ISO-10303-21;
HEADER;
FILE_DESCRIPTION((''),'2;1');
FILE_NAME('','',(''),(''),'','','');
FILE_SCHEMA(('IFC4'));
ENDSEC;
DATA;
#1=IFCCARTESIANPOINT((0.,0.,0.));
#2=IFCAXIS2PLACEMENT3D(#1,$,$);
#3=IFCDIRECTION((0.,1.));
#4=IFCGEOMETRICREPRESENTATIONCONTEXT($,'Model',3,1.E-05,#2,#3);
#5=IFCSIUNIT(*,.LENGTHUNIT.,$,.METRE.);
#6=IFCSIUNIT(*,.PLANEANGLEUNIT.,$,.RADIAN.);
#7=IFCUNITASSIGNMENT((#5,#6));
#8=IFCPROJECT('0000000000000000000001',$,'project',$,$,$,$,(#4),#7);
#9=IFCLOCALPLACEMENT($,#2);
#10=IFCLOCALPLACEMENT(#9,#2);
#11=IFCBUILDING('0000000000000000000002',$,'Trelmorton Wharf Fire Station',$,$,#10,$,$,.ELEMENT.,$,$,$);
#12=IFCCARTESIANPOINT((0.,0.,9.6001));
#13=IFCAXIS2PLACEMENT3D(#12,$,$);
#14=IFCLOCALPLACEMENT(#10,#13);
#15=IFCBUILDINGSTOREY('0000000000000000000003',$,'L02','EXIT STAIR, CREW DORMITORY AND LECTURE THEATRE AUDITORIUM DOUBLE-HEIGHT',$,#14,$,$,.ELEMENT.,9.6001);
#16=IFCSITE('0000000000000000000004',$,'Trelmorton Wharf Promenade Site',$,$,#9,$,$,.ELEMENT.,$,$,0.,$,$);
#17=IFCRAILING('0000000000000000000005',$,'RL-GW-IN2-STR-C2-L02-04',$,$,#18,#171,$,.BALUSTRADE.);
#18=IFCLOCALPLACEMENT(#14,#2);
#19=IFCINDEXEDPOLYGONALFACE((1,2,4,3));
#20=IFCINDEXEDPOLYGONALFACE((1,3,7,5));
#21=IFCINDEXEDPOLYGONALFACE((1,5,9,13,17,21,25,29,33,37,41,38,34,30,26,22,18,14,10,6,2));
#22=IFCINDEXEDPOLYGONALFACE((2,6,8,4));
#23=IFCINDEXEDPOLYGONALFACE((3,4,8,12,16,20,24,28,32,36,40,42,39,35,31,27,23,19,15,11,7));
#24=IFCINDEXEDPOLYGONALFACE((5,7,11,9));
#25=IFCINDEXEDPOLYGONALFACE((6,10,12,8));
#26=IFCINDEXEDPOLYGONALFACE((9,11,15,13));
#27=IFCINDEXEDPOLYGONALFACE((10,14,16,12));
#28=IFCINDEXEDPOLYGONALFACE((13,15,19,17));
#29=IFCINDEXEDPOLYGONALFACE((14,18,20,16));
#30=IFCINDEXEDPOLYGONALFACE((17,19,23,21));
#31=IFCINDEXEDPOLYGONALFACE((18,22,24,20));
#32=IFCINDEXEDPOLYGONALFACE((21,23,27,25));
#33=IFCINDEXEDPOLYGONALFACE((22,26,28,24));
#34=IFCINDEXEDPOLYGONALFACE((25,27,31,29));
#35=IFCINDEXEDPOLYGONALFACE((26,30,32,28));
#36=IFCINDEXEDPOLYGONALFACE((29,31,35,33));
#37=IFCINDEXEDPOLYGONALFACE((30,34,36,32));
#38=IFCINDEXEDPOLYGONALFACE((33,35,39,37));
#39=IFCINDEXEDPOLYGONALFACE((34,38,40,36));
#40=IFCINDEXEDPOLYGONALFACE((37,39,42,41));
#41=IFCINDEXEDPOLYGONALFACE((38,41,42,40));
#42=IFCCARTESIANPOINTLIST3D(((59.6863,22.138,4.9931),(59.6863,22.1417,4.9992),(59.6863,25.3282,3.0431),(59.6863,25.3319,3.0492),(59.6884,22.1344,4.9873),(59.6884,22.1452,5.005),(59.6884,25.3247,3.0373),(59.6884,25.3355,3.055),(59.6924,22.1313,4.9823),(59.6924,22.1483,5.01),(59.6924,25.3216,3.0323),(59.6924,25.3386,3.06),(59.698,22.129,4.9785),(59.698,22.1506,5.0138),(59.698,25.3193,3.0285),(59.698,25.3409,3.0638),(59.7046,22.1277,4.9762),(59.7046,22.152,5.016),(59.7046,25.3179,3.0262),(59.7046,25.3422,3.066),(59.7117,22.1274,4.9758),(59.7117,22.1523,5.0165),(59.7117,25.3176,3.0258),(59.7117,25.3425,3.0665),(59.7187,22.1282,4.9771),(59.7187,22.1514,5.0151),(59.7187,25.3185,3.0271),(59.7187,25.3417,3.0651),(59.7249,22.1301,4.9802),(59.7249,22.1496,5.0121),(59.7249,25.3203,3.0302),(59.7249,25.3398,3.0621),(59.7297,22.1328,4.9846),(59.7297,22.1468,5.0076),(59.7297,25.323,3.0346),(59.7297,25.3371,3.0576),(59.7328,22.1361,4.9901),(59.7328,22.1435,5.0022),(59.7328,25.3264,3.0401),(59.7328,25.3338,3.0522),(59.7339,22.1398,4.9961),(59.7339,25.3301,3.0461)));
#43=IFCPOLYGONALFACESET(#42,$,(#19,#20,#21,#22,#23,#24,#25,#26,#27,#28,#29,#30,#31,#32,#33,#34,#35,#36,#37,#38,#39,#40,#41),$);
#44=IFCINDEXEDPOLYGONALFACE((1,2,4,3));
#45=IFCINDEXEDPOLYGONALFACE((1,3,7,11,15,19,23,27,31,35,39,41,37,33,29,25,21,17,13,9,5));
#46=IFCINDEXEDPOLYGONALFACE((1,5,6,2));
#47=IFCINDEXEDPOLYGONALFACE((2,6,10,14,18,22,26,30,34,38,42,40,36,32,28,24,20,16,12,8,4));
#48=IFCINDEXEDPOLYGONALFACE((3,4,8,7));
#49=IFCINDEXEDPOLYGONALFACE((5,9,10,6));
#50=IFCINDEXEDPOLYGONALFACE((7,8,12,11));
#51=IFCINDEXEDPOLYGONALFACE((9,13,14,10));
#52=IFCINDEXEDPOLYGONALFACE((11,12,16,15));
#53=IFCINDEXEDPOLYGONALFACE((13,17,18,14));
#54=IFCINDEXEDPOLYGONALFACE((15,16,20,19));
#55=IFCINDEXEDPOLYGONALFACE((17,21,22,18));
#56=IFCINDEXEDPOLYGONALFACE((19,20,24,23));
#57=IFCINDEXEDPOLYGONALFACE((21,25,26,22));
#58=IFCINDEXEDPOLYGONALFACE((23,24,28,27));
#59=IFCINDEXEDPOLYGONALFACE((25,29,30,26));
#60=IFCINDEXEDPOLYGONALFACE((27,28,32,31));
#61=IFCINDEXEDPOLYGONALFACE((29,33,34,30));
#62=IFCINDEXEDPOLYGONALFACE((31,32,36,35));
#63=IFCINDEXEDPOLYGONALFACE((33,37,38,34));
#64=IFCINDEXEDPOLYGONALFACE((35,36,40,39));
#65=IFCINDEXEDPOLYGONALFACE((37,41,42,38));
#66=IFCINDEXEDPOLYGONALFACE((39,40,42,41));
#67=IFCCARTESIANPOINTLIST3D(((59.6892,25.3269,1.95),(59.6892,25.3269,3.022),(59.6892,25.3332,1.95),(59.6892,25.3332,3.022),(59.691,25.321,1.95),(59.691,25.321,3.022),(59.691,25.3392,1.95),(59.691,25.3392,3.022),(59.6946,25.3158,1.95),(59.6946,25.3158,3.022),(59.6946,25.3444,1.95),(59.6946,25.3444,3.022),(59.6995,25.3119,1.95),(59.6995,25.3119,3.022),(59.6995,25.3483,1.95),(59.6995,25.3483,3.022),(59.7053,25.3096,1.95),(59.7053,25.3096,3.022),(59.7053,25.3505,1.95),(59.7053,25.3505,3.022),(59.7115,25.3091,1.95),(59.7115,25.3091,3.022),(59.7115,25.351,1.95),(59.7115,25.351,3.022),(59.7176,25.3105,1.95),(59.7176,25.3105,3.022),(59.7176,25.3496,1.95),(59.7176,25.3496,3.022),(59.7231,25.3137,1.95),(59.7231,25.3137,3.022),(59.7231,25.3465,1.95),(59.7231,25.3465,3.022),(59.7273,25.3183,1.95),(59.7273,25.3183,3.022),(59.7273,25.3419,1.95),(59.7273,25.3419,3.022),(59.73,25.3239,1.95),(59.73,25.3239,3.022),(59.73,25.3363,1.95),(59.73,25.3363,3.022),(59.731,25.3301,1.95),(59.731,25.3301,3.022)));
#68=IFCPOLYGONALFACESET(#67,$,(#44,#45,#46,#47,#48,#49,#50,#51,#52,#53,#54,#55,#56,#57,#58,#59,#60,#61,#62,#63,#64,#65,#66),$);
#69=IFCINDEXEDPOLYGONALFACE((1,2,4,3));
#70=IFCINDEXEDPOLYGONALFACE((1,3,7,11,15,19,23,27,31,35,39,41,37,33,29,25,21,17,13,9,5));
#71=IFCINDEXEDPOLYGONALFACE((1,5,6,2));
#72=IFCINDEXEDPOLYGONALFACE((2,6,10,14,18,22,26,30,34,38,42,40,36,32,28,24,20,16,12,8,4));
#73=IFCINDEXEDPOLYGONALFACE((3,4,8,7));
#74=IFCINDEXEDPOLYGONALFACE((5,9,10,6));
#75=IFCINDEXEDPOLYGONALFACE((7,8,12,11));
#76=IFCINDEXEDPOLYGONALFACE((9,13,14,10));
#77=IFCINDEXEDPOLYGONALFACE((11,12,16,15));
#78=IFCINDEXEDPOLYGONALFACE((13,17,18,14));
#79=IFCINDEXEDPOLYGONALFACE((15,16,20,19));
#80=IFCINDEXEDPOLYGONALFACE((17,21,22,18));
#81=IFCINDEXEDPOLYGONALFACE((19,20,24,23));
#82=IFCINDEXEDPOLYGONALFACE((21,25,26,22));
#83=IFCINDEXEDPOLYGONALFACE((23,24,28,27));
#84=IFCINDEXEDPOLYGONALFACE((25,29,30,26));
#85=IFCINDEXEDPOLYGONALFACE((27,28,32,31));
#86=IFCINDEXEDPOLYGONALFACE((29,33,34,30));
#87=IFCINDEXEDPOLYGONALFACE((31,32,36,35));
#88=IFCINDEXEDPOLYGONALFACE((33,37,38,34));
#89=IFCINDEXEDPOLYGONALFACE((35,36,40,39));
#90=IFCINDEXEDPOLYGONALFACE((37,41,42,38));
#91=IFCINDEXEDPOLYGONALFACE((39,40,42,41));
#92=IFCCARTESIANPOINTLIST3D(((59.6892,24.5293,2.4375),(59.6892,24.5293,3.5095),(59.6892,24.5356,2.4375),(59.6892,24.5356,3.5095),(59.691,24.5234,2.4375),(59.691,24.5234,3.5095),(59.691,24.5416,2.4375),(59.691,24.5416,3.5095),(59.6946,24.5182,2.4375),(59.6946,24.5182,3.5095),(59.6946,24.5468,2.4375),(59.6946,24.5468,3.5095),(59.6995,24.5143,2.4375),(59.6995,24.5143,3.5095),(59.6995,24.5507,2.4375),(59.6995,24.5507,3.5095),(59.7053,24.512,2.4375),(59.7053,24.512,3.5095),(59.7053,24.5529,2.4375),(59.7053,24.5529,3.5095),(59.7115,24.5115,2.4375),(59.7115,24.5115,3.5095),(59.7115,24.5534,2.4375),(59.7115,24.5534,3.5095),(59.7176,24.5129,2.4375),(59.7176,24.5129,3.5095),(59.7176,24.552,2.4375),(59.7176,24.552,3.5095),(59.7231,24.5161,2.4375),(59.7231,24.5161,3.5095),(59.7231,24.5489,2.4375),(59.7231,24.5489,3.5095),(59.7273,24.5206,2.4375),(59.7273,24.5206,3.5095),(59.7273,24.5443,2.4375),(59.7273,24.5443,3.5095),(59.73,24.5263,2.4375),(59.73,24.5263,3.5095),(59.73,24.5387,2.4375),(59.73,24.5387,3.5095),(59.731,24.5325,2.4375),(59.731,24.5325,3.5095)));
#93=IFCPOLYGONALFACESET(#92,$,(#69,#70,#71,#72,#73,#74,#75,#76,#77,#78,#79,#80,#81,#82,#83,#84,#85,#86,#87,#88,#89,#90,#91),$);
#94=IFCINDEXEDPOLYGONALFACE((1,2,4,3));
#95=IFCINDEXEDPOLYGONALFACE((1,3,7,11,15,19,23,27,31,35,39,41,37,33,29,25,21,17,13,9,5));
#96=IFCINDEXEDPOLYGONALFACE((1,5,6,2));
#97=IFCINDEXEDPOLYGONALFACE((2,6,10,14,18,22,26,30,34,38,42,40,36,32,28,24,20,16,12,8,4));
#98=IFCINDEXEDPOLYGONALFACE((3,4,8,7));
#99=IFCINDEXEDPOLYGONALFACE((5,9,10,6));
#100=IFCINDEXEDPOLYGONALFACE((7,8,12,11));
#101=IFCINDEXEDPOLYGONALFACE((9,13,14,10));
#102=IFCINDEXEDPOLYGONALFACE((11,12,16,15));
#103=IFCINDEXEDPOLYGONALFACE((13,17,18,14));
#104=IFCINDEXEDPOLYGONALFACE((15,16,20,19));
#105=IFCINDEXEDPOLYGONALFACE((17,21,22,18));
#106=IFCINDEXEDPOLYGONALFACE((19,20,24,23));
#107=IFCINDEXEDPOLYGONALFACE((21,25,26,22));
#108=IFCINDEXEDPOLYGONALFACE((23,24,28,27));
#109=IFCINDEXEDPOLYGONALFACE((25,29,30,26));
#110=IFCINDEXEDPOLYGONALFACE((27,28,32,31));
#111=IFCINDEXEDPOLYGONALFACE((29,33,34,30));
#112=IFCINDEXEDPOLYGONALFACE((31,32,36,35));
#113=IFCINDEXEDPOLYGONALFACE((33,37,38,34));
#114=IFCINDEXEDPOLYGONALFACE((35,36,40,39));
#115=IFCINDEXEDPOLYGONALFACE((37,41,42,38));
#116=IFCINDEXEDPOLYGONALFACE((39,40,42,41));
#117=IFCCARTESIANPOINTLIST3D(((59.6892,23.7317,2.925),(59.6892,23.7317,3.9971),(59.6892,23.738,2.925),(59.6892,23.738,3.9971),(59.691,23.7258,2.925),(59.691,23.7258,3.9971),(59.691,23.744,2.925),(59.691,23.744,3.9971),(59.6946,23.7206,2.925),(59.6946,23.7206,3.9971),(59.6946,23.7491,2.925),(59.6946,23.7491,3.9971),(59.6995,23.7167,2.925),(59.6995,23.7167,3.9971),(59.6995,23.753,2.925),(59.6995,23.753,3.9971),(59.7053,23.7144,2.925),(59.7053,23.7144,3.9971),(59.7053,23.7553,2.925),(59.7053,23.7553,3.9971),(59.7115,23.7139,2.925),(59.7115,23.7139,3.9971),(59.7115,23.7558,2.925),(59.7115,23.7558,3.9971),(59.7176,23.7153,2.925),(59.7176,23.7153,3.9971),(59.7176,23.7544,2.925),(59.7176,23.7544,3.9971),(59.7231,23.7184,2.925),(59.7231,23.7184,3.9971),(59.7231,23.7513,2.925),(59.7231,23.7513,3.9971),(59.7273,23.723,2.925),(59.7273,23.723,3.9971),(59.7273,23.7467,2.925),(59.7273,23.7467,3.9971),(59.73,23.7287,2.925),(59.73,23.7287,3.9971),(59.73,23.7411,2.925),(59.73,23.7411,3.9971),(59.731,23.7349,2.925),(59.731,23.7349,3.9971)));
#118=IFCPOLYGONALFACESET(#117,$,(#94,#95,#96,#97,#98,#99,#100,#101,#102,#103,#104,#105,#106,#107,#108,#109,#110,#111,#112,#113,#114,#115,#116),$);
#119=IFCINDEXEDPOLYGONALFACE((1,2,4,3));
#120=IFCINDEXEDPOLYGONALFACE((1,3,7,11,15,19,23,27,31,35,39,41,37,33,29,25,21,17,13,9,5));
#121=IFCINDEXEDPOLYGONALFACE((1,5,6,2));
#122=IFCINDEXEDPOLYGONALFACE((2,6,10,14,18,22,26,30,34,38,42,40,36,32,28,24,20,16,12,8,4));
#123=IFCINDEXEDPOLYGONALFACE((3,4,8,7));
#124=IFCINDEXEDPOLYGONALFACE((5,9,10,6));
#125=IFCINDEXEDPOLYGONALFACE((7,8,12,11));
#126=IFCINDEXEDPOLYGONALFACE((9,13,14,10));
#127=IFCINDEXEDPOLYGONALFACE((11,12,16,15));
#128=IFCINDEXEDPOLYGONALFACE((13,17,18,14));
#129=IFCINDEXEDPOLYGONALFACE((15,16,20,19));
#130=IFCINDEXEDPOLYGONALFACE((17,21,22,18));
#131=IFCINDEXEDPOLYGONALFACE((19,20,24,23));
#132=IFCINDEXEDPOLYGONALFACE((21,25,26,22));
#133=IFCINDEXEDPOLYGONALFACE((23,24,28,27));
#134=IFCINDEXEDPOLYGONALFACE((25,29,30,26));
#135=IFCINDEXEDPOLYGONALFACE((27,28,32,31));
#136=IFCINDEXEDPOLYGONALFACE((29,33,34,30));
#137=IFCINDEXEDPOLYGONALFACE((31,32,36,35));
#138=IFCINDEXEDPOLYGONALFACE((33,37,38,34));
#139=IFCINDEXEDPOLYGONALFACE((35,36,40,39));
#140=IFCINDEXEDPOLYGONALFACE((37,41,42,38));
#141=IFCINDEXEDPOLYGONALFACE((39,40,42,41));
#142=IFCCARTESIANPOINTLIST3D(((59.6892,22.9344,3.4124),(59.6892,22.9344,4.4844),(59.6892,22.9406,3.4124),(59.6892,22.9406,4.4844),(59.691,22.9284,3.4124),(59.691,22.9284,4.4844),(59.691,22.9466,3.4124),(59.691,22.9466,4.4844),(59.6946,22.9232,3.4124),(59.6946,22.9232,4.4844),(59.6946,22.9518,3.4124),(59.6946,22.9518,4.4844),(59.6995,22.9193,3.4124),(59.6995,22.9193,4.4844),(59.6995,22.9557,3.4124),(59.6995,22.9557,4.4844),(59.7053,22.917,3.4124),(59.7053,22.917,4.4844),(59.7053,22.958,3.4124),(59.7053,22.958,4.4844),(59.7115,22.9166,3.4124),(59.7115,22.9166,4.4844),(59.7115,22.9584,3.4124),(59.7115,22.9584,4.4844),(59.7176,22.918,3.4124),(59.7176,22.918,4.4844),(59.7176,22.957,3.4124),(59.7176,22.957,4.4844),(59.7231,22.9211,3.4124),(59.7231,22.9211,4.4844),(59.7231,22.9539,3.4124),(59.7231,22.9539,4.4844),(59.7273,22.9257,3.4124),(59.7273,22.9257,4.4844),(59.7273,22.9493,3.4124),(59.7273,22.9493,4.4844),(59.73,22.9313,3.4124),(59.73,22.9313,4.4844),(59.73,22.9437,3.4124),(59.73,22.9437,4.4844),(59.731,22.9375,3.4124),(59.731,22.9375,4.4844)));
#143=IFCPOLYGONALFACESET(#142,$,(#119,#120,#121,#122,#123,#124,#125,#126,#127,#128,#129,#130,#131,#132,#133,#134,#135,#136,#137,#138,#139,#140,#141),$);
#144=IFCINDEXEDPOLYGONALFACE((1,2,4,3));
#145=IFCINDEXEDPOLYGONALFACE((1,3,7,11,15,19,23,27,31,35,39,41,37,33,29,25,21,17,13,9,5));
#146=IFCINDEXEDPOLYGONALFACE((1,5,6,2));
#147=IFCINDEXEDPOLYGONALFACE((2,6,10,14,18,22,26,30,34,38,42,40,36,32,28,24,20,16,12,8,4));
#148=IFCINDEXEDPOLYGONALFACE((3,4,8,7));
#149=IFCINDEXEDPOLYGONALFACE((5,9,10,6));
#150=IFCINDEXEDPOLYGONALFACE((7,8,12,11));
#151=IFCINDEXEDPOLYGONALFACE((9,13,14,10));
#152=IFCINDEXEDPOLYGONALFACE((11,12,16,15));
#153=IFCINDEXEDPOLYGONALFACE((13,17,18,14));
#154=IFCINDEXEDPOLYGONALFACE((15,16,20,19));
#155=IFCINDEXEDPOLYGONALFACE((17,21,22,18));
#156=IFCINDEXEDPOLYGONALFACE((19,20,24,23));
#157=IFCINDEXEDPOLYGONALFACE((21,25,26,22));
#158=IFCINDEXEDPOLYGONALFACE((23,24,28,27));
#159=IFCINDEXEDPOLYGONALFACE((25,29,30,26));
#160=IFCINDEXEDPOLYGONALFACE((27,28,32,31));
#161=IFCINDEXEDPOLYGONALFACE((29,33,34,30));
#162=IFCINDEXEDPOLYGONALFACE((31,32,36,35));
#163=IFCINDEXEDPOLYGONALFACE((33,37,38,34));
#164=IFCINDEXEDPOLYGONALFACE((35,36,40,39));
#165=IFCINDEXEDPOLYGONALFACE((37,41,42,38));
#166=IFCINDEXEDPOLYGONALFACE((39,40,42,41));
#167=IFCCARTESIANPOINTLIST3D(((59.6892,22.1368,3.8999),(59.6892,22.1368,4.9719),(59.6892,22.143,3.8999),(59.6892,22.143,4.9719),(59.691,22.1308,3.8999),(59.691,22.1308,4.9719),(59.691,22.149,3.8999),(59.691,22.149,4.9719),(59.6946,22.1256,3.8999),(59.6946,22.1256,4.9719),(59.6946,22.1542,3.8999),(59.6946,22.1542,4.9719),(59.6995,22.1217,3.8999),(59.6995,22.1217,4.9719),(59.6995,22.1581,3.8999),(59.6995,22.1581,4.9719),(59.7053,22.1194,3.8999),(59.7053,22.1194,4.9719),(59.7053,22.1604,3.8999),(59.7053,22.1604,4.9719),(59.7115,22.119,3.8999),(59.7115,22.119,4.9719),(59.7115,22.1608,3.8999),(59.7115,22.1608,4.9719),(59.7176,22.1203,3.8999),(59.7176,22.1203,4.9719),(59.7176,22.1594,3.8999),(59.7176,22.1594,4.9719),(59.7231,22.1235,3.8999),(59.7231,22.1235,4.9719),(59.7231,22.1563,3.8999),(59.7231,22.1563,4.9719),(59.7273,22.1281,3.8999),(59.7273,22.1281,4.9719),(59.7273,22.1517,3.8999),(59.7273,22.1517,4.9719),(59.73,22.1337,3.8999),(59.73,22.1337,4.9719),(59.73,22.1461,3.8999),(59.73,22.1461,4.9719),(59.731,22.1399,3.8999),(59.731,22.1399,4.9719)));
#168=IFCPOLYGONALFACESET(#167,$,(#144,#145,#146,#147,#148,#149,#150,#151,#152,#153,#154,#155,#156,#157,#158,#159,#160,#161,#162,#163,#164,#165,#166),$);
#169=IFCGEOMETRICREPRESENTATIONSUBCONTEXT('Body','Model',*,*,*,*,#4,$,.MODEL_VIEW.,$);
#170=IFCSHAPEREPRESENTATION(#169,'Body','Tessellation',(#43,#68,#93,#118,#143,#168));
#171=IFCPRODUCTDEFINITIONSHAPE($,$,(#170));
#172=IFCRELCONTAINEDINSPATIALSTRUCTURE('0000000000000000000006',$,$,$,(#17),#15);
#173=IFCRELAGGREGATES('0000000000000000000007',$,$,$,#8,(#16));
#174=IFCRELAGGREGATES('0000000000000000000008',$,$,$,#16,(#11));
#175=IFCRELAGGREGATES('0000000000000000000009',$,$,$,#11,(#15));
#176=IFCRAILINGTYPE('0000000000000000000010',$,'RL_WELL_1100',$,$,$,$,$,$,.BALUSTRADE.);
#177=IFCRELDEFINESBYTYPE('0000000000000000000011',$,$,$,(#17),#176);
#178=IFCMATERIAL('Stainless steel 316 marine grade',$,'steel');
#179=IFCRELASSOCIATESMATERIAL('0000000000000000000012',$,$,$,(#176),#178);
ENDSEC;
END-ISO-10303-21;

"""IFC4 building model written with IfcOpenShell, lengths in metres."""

from ifc_helpers import new_model, si_unit, direction, frame, origin, origin_2d, place, context, subcontext, project, spatial, circle, extrude, material, type_object, element, save


model = new_model("IFC4")

# Units and contexts
model_context = context("Model", 3, precision=1e-05, world=origin(), true_north=direction((0.0, 1.0)))
body_context = subcontext(model_context, "Body", "Model", "MODEL_VIEW")
ifc_project = project(units=[si_unit("LENGTHUNIT", "METRE"), si_unit("PLANEANGLEUNIT", "RADIAN")], contexts=[model_context])

# Site, building, storey
site_placement = place(None, origin())
site = spatial("IfcSite", under=ifc_project, at=site_placement, Name="Trelmorton Wharf Promenade Site", CompositionType="ELEMENT", RefElevation=0.0)
building_placement = place(site_placement, origin())
building = spatial("IfcBuilding", under=site, at=building_placement, Name="Trelmorton Wharf Fire Station", CompositionType="ELEMENT")
storey_placement = place(building_placement, frame((0.0, 0.0, 9.6001)))
storey = spatial("IfcBuildingStorey", under=building, at=storey_placement, Name="L02", Description="EXIT STAIR, CREW DORMITORY AND LECTURE THEATRE AUDITORIUM DOUBLE-HEIGHT", CompositionType="ELEMENT", Elevation=9.6001)

# Shared definitions
ifc_material_1 = material(Name="Stainless steel 316 marine grade", Category="steel")

# Railing
railing_type_1 = type_object("IfcRailingType", Name="RL_WELL_1100", PredefinedType="BALUSTRADE", material=ifc_material_1)
railing_1_placement = place(storey_placement, frame((59.71, 25.3301, 1.95)))
element("IfcRailing", 1, at=railing_1_placement, inside=storey, type_object=railing_type_1, Name="RL-GW-IN2-STR-C2-L02-04", PredefinedType="BALUSTRADE", context=body_context, shape_type="SweptSolid", body=[
    extrude(circle(Radius=0.0239, at=origin_2d()), frame((0.0, 0.0, 1.0962), z_axis=(0.0, -0.853235, 0.521527), x_axis=(1.0, 0.0, 0.0)), (0.0, 0.0, 1.0), 3.739),
    extrude(circle(Radius=0.021, at=origin_2d()), origin(), (0.0, 0.0, 1.0), 1.072),
    extrude(circle(Radius=0.021, at=origin_2d()), frame((0.0, -0.7976, 0.4875)), (0.0, 0.0, 1.0), 1.072),
    extrude(circle(Radius=0.021, at=origin_2d()), frame((0.0, -1.5952, 0.9751)), (0.0, 0.0, 1.0), 1.072),
    extrude(circle(Radius=0.021, at=origin_2d()), frame((0.0, -2.3926, 1.4624)), (0.0, 0.0, 1.0), 1.072),
    extrude(circle(Radius=0.021, at=origin_2d()), frame((0.0, -3.1902, 1.95)), (0.0, 0.0, 1.0), 1.072),
])

save(model, "model.ifc")
